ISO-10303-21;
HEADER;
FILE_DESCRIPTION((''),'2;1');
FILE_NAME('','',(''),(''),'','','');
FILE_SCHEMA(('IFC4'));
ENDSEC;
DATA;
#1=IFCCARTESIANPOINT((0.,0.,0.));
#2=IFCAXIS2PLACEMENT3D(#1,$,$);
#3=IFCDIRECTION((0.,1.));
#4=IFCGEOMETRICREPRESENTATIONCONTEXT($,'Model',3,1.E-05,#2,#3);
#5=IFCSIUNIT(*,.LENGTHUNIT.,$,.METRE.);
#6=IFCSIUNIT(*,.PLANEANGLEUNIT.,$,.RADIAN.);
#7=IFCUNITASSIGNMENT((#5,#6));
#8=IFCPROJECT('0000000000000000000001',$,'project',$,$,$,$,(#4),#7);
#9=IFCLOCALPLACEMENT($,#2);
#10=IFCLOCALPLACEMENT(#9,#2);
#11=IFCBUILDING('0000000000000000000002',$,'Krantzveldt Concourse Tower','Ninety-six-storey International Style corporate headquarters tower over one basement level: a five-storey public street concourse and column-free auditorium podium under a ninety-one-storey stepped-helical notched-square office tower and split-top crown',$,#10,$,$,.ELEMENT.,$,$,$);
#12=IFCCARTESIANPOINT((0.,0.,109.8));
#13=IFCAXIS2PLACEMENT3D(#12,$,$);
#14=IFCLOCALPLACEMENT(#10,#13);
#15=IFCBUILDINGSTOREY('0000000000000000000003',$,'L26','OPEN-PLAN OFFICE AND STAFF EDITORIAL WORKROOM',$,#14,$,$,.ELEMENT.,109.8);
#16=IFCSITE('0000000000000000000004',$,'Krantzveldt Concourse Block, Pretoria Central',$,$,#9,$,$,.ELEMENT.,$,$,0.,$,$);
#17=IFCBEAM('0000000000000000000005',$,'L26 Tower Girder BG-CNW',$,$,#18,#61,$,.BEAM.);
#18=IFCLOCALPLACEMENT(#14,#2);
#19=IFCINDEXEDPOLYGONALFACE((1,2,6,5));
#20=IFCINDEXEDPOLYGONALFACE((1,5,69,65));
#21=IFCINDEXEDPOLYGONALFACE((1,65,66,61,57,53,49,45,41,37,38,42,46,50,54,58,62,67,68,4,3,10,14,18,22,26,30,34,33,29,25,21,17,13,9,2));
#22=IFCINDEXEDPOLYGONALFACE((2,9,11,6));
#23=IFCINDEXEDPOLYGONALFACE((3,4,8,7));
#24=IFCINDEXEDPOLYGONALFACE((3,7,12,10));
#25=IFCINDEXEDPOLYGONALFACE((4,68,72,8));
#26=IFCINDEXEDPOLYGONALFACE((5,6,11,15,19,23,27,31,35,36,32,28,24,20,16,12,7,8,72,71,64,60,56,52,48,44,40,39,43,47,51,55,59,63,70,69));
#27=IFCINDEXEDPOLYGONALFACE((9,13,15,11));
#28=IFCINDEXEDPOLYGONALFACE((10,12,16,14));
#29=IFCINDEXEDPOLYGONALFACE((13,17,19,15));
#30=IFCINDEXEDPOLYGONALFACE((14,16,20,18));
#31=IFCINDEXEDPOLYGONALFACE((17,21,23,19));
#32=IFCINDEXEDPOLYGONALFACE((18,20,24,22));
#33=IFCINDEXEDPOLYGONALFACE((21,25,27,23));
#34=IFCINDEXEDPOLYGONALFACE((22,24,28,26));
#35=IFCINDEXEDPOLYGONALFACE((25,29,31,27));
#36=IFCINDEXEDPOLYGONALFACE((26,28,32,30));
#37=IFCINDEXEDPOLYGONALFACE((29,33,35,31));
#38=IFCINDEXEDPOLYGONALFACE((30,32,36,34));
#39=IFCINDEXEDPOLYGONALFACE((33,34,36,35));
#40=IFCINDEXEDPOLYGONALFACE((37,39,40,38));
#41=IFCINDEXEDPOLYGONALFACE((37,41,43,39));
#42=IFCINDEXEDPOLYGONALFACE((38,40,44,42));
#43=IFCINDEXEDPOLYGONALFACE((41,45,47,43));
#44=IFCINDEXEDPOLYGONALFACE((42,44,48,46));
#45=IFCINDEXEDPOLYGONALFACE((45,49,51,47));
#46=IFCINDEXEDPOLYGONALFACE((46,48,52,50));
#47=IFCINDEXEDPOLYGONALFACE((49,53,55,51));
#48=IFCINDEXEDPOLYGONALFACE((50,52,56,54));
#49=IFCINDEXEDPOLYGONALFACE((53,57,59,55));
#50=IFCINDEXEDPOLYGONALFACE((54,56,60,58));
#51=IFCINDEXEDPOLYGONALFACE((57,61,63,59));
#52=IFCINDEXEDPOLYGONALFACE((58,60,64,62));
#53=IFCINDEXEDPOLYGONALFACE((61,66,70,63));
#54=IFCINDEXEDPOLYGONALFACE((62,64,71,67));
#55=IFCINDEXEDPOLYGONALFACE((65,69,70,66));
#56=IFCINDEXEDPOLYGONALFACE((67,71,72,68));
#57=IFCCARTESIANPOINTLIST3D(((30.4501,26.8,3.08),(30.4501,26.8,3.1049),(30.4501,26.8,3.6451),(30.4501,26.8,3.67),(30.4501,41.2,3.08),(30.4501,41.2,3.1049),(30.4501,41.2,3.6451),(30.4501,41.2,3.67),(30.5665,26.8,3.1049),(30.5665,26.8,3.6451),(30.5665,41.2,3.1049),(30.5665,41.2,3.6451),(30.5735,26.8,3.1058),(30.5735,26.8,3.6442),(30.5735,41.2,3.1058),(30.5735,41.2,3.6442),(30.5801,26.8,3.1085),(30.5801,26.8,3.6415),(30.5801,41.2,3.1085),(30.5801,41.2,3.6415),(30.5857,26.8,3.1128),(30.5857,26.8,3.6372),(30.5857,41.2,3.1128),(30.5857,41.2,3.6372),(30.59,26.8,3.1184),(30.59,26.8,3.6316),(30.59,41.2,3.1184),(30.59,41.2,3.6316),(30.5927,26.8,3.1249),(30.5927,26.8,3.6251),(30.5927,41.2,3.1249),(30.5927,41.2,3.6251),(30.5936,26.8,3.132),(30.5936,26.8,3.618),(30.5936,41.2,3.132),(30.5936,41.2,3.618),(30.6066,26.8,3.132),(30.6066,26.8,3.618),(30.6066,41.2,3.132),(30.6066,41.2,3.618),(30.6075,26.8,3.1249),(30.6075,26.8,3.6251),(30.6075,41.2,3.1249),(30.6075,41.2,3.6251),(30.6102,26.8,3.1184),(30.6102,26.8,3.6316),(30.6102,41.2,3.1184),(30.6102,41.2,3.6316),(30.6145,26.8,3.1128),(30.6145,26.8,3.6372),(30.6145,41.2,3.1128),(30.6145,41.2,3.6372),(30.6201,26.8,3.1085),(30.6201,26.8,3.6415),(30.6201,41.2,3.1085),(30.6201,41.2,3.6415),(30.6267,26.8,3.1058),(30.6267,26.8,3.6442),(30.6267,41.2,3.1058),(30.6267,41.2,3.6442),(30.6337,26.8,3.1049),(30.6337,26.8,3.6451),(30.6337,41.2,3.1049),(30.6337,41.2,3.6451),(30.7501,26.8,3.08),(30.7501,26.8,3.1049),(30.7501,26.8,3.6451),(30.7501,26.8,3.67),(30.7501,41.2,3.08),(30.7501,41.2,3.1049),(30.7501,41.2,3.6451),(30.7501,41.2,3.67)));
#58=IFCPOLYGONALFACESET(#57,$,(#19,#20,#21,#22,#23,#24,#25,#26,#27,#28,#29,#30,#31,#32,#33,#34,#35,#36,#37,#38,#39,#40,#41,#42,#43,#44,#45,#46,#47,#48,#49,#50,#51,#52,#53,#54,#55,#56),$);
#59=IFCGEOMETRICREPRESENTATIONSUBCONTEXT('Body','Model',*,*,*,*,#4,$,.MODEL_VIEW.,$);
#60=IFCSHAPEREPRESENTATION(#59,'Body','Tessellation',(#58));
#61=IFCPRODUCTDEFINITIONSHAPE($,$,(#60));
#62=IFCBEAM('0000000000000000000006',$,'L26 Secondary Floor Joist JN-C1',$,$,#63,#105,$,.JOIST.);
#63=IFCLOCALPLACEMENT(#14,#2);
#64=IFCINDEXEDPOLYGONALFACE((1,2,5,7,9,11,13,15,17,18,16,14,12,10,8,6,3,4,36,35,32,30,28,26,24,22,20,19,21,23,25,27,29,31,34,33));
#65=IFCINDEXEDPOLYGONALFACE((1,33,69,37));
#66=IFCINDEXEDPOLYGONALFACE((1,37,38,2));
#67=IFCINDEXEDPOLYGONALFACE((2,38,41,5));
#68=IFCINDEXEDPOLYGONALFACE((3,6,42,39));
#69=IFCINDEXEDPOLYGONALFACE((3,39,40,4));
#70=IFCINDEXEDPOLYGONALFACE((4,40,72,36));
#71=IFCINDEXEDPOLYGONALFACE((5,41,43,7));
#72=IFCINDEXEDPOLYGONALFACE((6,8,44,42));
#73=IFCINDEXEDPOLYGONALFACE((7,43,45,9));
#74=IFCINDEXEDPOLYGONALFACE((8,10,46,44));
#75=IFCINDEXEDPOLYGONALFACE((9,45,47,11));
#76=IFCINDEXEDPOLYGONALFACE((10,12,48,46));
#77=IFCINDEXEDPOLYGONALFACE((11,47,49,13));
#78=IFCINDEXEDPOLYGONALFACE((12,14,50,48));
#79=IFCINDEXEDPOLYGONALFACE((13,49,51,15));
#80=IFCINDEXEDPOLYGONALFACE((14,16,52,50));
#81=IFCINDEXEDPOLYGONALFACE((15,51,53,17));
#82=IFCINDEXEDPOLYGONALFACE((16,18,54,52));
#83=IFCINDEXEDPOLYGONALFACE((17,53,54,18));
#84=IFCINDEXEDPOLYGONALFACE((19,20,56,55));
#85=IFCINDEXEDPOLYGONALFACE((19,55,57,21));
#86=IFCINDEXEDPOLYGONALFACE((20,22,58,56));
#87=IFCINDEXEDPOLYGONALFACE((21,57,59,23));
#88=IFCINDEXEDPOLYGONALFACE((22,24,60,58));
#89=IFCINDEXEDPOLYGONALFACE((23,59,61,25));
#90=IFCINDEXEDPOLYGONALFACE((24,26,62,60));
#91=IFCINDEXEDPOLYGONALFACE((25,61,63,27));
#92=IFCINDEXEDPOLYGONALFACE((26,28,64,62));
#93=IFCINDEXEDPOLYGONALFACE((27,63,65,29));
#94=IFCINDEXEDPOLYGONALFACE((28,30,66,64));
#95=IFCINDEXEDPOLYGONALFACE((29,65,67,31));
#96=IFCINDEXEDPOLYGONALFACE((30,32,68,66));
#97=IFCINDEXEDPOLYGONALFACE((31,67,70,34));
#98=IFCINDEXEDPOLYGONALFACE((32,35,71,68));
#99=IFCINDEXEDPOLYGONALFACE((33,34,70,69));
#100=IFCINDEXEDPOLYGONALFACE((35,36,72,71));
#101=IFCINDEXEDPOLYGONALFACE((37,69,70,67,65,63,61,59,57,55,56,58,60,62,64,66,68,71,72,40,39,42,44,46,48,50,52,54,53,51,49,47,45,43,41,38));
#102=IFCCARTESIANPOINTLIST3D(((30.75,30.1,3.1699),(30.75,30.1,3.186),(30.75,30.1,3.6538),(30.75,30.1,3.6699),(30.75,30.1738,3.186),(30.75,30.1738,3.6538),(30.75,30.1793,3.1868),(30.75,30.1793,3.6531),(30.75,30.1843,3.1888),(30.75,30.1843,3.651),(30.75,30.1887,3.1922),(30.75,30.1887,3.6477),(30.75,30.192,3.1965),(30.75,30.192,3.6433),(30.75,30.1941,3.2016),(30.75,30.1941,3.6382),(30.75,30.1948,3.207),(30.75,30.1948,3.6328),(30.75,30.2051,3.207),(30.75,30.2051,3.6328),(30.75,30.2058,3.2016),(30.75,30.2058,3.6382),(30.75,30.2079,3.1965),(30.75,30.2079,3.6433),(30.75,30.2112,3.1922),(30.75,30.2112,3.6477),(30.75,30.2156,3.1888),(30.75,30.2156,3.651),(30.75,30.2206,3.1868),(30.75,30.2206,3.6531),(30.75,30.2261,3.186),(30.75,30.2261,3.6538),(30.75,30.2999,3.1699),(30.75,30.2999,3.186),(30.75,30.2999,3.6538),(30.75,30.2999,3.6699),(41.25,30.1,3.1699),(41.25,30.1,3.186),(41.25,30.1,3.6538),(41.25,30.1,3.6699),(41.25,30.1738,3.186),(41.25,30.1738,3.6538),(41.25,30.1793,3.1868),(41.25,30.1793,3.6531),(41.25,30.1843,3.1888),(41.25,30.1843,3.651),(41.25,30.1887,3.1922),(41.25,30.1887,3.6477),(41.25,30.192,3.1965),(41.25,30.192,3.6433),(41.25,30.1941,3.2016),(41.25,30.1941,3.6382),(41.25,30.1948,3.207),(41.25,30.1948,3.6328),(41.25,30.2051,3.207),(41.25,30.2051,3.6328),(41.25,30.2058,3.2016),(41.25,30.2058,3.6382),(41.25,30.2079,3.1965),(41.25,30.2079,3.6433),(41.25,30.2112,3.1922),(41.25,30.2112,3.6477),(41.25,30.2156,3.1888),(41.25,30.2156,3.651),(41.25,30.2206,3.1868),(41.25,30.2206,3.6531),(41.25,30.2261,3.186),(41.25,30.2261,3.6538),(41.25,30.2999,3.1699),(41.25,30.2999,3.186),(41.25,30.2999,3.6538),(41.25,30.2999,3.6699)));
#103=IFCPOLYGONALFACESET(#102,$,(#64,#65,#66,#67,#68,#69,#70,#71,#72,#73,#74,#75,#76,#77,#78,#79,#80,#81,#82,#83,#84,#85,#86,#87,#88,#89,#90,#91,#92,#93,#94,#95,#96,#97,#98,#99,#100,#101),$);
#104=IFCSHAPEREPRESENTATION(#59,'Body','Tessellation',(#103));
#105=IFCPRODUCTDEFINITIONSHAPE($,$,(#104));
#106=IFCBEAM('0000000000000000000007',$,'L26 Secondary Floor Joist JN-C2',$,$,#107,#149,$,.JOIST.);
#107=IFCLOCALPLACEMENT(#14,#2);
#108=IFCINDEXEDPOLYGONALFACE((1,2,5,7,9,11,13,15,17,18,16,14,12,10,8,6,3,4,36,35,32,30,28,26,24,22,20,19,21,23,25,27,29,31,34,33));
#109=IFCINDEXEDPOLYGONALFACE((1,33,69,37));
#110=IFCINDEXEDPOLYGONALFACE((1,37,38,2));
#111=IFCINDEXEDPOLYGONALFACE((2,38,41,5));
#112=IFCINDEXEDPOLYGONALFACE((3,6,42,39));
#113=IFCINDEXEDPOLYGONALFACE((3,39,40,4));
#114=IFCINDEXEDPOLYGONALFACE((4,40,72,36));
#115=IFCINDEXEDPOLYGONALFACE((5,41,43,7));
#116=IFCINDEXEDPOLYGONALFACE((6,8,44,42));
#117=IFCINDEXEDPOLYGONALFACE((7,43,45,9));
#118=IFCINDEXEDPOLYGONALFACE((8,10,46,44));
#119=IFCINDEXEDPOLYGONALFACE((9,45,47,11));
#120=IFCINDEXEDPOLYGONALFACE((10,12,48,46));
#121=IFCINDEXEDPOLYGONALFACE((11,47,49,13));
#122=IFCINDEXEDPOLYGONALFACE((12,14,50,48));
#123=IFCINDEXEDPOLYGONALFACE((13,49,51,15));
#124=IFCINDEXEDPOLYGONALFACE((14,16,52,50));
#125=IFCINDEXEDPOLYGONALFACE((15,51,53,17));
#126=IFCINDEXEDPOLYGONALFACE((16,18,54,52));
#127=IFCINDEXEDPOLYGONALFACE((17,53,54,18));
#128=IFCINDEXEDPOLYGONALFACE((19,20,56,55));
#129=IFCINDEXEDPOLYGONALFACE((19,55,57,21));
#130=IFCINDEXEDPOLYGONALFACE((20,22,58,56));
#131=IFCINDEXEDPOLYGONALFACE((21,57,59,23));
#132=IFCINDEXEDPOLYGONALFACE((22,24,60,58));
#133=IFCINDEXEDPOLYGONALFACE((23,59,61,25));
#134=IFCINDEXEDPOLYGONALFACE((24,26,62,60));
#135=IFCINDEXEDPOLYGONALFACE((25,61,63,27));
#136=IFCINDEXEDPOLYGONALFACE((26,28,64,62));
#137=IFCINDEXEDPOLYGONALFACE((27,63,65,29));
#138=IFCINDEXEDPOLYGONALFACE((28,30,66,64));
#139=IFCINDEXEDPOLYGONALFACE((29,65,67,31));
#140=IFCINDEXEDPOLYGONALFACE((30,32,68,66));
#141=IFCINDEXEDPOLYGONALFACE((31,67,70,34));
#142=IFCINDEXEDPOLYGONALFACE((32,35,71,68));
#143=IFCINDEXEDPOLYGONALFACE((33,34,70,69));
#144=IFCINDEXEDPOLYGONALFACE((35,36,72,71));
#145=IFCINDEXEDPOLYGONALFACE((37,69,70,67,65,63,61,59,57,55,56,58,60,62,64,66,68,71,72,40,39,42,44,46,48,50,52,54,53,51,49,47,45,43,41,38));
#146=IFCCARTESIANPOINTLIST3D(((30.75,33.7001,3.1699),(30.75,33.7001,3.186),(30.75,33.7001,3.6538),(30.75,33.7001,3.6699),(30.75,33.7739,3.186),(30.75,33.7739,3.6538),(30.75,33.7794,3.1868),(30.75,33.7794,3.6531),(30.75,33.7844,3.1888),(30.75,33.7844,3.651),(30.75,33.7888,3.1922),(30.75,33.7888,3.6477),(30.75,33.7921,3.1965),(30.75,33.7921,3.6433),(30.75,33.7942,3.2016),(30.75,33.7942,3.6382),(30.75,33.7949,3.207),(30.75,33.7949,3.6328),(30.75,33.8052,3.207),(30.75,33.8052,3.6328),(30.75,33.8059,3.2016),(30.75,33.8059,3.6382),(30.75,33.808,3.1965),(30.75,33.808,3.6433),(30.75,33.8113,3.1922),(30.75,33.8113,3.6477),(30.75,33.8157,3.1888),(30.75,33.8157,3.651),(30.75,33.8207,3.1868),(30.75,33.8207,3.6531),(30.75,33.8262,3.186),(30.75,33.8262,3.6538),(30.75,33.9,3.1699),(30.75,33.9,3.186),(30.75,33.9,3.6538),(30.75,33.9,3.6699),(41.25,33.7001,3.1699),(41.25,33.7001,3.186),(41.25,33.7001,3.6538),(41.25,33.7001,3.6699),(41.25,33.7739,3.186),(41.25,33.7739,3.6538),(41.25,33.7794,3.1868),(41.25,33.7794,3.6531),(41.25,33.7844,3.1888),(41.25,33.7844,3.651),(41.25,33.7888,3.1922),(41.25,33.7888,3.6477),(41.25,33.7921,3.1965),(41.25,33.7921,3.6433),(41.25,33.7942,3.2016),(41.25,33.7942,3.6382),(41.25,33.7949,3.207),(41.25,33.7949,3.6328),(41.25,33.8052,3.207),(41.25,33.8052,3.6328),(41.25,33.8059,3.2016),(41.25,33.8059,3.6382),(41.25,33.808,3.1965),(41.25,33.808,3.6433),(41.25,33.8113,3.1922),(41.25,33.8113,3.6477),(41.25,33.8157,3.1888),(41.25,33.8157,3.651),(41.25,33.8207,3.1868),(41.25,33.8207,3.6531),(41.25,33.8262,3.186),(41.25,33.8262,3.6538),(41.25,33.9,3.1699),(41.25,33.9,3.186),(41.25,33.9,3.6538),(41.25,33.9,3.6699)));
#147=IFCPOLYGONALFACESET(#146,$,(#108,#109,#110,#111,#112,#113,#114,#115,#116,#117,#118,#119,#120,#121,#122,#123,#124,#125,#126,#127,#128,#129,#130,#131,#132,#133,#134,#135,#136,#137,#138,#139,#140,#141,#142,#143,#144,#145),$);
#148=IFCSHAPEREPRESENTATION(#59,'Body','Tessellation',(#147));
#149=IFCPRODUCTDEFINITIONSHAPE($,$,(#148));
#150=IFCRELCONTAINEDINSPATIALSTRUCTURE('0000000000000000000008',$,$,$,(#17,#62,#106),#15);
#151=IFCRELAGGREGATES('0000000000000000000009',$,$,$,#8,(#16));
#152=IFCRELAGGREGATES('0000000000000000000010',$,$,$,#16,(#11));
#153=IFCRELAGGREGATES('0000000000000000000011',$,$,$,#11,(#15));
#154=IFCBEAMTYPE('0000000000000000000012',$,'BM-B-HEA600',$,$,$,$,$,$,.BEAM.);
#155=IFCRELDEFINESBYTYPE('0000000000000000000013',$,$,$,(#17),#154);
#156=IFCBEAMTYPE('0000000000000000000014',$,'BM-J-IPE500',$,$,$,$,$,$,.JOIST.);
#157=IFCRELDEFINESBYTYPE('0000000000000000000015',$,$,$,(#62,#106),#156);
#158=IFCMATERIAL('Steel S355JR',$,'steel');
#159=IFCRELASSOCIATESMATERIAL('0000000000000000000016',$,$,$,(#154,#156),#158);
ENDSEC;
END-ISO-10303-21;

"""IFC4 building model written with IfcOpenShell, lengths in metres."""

from ifc_helpers import new_model, si_unit, direction, frame, origin, origin_2d, place, context, subcontext, project, spatial, i_section, extrude, source, transform, mapped, material, material_profile, profile_set, type_object, type_shapes, element, save


model = new_model("IFC4")

# Units and contexts
model_context = context("Model", 3, precision=1e-05, world=origin(), true_north=direction((0.0, 1.0)))
body_context = subcontext(model_context, "Body", "Model", "MODEL_VIEW")
ifc_project = project(units=[si_unit("LENGTHUNIT", "METRE"), si_unit("PLANEANGLEUNIT", "RADIAN")], contexts=[model_context])

# Site, building, storey
site_placement = place(None, origin())
site = spatial("IfcSite", under=ifc_project, at=site_placement, Name="Krantzveldt Concourse Block, Pretoria Central", CompositionType="ELEMENT", RefElevation=0.0)
building_placement = place(site_placement, origin())
building = spatial("IfcBuilding", under=site, at=building_placement, Name="Krantzveldt Concourse Tower", Description="Ninety-six-storey International Style corporate headquarters tower over one basement level: a five-storey public street concourse and column-free auditorium podium under a ninety-one-storey stepped-helical notched-square office tower and split-top crown", CompositionType="ELEMENT")
storey_placement = place(building_placement, frame((0.0, 0.0, 109.8)))
storey = spatial("IfcBuildingStorey", under=building, at=storey_placement, Name="L26", Description="OPEN-PLAN OFFICE AND STAFF EDITORIAL WORKROOM", CompositionType="ELEMENT", Elevation=109.8)

# Beams
ifc_material_1 = material(Name="Steel S355JR", Category="steel")
ifc_material_profile_1 = material_profile(ifc_material_1, i_section(OverallWidth=0.3, OverallDepth=0.5901, WebThickness=0.0129, FlangeThickness=0.0249, FilletRadius=0.0271, at=origin_2d()), Name="Steel S355JR", Category="steel")
ifc_profile_set_1 = profile_set([ifc_material_profile_1], Name="Steel S355JR - HEA 600")
beam_type_1 = type_object("IfcBeamType", Name="BM-B-HEA600", PredefinedType="BEAM", material=ifc_profile_set_1)
shared_shape_1 = source(origin(), body_context, "Body", "SweptSolid", [
    extrude(i_section(OverallWidth=0.3, OverallDepth=0.5901, WebThickness=0.0129, FlangeThickness=0.0249, FilletRadius=0.0271, at=origin_2d()), origin(), (0.0, 0.0, 1.0), 14.3999),
])
type_shapes(beam_type_1, [shared_shape_1])
beam_1_placement = place(storey_placement, frame((30.6001, 26.8, 3.375), z_axis=(0.0, 1.0, 0.0), x_axis=(-1.0, 0.0, 0.0)))
element("IfcBeam", 1, at=beam_1_placement, inside=storey, type_object=beam_type_1, Name="L26 Tower Girder BG-CNW", PredefinedType="BEAM", context=body_context, shape_type="MappedRepresentation", body=[
    mapped(shared_shape_1, transform((0.0, 0.0, 0.0), x_axis=(1.0, 0.0, 0.0), y_axis=(0.0, 1.0, 0.0), z_axis=(0.0, 0.0, 1.0), scale=1.0)),
])
ifc_material_profile_2 = material_profile(ifc_material_1, i_section(OverallWidth=0.2, OverallDepth=0.5, WebThickness=0.0103, FlangeThickness=0.0161, FilletRadius=0.021, at=origin_2d()), Name="Steel S355JR", Category="steel")
ifc_profile_set_2 = profile_set([ifc_material_profile_2], Name="Steel S355JR - IPE 500")
beam_type_2 = type_object("IfcBeamType", Name="BM-J-IPE500", PredefinedType="JOIST", material=ifc_profile_set_2)
shared_shape_2 = source(origin(), body_context, "Body", "SweptSolid", [
    extrude(i_section(OverallWidth=0.2, OverallDepth=0.5, WebThickness=0.0103, FlangeThickness=0.0161, FilletRadius=0.021, at=origin_2d()), origin(), (0.0, 0.0, 1.0), 10.5),
])
for number, where, z_axis, x_axis, name in (
    (2, (30.75, 30.2, 3.4199), (1.0, 0.0, 0.0), (0.0, 1.0, 0.0), "L26 Secondary Floor Joist JN-C1"),
    (3, (30.75, 33.8, 3.4199), (1.0, 0.0, 0.0), (0.0, 1.0, 0.0), "L26 Secondary Floor Joist JN-C2"),
):
    element("IfcBeam", number, at=place(storey_placement, frame(where, z_axis=z_axis, x_axis=x_axis)), inside=storey, type_object=beam_type_2, Name=name, PredefinedType="JOIST", context=body_context, shape_type="MappedRepresentation", body=[
        mapped(shared_shape_2, transform((0.0, 0.0, 0.0), x_axis=(1.0, 0.0, 0.0), y_axis=(0.0, 1.0, 0.0), z_axis=(0.0, 0.0, 1.0), scale=1.0)),
    ])

save(model, "model.ifc")
